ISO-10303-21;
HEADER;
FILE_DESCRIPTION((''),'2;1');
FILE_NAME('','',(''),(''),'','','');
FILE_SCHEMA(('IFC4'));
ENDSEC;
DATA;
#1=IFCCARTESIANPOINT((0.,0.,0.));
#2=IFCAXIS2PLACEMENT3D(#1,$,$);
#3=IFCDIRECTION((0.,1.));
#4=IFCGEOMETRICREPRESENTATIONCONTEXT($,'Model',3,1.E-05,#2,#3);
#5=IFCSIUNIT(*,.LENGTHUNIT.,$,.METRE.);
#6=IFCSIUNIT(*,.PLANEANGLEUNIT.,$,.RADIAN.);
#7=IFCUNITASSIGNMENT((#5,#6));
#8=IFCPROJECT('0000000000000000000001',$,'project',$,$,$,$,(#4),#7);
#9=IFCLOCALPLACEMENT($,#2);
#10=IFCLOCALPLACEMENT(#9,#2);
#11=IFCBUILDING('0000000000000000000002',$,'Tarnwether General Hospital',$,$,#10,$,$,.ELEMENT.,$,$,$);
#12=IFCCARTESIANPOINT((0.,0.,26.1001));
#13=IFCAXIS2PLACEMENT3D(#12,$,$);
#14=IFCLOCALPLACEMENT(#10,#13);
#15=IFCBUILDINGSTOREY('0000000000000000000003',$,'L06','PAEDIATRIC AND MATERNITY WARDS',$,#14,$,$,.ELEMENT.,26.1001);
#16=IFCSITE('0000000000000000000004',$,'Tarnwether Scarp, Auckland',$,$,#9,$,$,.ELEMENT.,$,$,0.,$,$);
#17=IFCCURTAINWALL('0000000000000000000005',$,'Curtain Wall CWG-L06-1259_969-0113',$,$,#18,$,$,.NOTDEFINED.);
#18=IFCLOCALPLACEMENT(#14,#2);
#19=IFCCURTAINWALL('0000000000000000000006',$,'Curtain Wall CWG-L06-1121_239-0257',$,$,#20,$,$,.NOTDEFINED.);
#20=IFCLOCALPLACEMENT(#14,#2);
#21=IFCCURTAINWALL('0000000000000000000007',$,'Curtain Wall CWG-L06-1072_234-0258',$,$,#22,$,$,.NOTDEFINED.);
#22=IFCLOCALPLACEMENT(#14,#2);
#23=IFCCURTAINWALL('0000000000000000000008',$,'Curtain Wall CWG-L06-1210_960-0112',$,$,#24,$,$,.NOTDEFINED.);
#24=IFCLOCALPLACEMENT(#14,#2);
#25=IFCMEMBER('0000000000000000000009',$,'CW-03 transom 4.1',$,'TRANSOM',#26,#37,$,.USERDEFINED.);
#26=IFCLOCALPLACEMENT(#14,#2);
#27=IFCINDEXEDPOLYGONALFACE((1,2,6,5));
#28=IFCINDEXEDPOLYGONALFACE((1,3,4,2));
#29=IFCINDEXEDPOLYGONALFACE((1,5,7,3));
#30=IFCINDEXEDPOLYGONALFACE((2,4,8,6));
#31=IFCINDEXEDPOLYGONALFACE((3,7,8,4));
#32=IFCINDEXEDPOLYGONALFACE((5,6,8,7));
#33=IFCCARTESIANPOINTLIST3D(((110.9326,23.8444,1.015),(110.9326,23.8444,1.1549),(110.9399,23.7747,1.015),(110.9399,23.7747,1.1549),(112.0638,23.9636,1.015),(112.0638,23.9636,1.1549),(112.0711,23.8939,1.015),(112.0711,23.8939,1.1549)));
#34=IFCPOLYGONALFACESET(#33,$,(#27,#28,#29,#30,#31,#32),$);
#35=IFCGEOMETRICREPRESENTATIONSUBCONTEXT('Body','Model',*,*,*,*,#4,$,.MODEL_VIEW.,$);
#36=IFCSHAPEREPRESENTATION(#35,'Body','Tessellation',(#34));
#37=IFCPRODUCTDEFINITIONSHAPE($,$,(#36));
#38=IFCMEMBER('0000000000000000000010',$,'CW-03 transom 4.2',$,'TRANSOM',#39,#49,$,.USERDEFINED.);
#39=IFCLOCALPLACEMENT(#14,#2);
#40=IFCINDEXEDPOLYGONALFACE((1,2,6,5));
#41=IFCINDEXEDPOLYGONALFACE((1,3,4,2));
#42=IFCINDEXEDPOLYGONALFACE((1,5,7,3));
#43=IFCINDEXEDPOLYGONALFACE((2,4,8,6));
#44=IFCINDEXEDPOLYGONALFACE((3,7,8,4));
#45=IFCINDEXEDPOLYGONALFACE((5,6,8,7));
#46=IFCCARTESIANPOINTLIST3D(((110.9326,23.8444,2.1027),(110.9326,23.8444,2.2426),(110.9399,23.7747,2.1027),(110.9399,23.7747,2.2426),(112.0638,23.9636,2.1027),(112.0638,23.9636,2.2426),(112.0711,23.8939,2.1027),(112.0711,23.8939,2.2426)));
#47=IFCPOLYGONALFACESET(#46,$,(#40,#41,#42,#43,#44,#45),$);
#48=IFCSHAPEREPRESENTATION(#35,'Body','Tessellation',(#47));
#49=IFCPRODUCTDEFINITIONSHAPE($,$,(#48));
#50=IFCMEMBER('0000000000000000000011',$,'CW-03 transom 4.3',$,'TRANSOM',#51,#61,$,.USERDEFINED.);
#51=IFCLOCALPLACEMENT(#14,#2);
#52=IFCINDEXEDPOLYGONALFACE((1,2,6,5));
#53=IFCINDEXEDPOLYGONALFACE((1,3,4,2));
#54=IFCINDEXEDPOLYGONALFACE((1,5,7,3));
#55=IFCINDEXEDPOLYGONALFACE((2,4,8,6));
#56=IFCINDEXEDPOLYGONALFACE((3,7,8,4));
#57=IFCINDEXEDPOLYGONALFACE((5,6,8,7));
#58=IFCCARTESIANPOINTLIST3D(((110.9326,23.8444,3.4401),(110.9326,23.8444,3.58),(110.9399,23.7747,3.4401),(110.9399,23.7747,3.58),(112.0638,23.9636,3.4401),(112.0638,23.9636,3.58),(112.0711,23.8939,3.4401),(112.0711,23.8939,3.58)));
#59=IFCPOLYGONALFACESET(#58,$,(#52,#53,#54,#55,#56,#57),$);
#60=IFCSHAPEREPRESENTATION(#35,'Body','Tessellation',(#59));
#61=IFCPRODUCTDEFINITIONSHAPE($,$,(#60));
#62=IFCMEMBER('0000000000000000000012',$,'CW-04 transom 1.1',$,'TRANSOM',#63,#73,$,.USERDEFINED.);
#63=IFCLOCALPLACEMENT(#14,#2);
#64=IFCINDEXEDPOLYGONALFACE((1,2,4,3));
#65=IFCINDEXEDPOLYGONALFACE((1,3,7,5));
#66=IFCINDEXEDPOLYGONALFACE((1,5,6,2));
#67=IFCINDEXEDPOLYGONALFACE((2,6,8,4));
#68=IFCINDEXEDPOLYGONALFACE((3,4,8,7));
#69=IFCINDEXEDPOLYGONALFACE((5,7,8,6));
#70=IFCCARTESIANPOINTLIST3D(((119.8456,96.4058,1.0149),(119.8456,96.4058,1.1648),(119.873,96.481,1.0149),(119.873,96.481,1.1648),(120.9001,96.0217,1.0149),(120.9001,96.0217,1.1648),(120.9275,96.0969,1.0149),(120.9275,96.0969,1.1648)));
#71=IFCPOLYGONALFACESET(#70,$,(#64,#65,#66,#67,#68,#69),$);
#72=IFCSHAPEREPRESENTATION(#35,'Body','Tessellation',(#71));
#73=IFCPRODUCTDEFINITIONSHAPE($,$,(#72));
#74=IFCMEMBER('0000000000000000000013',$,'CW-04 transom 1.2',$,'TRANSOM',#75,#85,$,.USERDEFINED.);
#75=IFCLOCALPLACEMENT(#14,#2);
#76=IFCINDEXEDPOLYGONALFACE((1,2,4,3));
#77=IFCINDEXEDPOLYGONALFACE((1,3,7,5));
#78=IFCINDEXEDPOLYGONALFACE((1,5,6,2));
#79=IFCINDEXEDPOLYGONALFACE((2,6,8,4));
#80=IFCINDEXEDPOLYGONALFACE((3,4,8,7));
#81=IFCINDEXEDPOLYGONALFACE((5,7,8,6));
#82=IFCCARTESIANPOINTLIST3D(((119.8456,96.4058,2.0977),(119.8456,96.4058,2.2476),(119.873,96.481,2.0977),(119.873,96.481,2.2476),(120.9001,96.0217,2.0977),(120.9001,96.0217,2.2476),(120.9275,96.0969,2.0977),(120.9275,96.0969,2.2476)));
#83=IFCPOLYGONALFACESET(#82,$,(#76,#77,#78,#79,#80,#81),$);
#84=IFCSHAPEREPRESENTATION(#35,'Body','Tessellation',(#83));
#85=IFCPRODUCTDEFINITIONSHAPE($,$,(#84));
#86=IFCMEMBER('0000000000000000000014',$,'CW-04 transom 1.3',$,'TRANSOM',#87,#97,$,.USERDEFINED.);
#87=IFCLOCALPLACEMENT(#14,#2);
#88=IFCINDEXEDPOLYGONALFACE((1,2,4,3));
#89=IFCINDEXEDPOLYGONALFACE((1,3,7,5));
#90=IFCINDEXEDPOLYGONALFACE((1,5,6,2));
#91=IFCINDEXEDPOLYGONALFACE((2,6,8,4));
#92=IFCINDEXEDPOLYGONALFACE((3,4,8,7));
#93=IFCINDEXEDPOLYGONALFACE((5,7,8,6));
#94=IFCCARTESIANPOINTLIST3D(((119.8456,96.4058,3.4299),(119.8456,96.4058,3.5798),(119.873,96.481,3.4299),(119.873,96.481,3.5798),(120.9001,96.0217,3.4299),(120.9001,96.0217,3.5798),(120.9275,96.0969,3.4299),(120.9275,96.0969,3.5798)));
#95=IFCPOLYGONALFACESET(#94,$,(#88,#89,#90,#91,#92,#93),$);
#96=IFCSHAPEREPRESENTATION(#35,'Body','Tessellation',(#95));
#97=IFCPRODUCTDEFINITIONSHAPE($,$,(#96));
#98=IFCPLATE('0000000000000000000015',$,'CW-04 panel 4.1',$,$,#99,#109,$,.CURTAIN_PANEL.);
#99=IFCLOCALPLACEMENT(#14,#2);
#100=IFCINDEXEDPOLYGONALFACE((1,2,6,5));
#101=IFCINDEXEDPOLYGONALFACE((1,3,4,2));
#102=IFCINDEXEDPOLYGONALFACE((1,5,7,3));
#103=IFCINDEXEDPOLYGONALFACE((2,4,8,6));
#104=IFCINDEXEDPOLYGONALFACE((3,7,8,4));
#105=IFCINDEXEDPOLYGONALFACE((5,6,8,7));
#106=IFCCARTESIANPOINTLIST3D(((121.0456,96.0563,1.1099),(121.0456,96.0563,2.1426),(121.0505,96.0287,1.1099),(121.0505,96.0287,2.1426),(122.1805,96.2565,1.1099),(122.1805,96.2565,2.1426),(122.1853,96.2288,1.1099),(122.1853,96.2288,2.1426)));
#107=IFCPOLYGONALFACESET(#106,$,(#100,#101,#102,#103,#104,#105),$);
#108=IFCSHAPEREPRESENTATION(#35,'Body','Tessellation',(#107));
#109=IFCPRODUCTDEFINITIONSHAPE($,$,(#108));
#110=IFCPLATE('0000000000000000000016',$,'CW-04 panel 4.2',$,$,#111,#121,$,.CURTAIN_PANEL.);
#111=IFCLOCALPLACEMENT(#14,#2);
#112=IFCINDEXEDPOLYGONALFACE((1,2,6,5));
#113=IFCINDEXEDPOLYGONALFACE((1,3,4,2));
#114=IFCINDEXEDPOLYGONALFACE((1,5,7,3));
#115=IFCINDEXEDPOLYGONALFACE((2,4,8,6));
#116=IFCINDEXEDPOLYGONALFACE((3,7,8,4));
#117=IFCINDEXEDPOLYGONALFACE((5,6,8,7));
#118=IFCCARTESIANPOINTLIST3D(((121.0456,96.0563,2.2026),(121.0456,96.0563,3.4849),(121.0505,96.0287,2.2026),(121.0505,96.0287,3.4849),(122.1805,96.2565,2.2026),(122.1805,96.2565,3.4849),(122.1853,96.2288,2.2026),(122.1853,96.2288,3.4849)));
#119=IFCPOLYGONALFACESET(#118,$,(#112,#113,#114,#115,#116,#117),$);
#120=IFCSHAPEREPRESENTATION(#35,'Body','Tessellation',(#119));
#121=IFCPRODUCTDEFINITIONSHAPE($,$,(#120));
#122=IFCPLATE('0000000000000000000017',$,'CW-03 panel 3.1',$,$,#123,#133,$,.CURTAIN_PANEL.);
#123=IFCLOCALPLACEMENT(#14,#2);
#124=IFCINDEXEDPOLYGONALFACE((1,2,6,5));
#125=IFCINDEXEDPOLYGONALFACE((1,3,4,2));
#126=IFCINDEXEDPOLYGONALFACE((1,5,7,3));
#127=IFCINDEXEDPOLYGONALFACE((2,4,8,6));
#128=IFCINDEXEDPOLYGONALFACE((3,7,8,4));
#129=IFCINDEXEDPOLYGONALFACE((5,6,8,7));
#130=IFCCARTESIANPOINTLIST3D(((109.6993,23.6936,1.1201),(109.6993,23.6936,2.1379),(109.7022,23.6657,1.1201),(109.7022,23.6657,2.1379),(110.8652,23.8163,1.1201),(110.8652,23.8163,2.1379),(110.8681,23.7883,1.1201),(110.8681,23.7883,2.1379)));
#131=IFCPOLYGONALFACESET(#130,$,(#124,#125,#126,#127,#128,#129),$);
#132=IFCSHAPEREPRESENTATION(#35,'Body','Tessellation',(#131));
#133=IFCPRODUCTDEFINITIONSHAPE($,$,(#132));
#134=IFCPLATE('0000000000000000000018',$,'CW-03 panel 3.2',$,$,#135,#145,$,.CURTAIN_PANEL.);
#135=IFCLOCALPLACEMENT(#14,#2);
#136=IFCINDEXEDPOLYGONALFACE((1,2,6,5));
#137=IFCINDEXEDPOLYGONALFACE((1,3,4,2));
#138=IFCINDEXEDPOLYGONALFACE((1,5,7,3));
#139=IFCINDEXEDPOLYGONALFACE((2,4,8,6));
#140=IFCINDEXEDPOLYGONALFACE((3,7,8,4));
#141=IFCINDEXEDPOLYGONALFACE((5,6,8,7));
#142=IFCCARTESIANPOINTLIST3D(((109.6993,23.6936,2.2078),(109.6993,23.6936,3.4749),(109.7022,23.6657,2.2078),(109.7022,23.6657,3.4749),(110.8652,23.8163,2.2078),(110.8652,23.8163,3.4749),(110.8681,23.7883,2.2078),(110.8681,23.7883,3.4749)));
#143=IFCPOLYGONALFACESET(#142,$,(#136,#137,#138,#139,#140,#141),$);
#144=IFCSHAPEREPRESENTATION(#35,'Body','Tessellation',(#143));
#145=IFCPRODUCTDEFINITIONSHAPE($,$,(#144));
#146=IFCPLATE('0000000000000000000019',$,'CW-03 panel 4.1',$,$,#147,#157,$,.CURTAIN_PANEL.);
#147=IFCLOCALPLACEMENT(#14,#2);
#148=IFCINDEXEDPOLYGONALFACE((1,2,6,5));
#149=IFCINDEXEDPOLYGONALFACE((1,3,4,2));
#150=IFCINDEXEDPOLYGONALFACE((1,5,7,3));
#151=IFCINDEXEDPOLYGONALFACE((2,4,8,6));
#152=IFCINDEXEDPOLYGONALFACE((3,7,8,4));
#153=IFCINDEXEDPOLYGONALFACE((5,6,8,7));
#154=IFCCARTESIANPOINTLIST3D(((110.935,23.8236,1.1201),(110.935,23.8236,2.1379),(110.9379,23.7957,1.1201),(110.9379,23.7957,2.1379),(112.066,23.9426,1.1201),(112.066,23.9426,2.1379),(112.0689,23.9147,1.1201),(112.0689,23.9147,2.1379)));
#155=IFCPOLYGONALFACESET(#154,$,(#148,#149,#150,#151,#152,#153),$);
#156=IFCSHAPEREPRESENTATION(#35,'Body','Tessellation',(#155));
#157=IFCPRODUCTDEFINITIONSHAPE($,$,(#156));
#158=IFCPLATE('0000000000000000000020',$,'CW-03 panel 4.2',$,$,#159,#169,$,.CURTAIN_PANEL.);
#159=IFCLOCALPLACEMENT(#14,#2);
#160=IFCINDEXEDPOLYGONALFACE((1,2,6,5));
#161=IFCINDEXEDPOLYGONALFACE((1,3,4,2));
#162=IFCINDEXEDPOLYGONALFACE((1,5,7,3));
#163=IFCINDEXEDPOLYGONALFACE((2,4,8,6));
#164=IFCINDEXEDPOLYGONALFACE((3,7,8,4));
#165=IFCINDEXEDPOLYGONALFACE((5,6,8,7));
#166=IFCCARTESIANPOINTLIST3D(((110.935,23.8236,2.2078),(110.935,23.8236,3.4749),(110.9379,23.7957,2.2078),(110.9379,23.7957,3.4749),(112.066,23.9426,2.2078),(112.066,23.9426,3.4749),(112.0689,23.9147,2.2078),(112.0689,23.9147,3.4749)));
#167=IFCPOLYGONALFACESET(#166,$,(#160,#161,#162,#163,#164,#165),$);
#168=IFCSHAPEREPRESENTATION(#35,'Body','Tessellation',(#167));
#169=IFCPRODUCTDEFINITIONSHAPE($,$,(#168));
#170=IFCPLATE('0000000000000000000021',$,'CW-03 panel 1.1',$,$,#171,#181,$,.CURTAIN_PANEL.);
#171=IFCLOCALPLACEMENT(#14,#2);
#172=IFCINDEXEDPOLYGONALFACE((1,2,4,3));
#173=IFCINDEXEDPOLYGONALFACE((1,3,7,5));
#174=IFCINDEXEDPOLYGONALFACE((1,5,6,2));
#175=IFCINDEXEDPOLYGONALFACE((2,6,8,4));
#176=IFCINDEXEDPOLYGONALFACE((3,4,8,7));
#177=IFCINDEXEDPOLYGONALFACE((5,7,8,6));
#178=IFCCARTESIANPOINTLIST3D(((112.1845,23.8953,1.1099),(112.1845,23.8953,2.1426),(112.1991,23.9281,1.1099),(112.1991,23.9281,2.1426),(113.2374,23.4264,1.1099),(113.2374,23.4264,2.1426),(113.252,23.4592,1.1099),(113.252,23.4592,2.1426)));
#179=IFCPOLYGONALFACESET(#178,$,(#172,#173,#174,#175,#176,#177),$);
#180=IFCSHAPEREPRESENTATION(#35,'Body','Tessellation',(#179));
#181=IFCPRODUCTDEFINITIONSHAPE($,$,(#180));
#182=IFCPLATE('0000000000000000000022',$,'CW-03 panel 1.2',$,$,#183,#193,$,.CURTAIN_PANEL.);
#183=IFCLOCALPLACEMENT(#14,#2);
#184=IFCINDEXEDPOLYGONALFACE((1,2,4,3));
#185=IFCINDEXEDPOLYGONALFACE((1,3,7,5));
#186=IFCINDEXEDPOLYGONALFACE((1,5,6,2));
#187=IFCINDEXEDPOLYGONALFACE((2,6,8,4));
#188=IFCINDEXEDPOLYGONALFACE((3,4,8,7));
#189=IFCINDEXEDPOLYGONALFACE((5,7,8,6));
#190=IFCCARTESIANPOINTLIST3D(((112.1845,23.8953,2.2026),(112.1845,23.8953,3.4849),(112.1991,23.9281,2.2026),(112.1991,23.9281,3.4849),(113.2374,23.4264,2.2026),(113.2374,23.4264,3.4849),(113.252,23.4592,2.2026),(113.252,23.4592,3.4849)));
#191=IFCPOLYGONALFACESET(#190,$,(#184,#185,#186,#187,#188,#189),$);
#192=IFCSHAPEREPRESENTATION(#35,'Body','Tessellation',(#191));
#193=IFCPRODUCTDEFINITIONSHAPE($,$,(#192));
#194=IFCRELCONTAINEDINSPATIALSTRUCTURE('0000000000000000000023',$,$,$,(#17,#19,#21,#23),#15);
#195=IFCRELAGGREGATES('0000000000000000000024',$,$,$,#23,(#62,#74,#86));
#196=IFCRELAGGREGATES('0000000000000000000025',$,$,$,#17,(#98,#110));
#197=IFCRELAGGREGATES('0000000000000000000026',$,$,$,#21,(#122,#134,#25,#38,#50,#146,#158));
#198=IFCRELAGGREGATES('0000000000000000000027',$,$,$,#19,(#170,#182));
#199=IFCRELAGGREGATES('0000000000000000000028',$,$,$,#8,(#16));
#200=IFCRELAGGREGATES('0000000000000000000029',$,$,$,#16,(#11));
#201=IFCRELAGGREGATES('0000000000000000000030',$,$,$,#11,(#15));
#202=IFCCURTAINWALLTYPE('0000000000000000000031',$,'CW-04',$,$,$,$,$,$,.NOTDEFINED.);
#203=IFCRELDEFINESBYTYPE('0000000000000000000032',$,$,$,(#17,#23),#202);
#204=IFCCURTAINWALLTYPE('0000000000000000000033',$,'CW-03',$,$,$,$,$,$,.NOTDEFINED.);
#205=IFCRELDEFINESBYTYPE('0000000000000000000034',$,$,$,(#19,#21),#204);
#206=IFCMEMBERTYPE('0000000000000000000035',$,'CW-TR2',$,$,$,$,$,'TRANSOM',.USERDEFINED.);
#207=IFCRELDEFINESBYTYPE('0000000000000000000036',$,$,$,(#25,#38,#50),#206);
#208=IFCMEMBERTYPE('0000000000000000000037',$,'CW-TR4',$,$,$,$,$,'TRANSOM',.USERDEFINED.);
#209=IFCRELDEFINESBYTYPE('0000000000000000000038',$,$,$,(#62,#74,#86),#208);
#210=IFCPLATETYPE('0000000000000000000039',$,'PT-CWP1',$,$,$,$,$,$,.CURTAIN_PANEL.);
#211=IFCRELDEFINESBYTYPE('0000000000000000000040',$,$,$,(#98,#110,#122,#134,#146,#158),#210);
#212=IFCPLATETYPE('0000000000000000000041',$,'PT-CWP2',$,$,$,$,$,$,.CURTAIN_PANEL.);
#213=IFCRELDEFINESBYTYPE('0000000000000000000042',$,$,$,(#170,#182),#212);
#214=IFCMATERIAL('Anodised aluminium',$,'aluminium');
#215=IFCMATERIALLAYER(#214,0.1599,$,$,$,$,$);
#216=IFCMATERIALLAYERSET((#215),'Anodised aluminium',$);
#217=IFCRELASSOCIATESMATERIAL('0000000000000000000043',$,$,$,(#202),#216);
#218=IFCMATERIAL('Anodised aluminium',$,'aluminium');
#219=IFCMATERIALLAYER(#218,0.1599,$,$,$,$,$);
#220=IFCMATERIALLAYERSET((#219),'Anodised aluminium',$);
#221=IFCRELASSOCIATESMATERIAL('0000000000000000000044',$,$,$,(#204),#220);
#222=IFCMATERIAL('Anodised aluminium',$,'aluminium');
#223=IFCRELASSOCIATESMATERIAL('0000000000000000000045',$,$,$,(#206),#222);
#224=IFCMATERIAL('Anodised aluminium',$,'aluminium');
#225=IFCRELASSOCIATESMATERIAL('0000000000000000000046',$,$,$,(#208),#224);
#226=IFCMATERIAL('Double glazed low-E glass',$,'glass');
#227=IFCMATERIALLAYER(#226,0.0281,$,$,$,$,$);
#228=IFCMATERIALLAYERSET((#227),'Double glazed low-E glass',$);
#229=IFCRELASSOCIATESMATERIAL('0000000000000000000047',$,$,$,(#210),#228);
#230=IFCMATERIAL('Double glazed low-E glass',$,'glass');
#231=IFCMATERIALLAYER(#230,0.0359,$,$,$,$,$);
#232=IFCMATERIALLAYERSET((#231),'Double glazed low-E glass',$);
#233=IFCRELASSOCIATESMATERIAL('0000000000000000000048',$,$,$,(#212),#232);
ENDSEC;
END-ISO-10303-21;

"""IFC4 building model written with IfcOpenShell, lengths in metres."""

from ifc_helpers import new_model, si_unit, direction, frame, origin, origin_2d, place, context, subcontext, project, spatial, rectangle, extrude, material, layer, layer_set, material_profile, profile_set, type_object, element, aggregate, save


model = new_model("IFC4")

# Units and contexts
model_context = context("Model", 3, precision=1e-05, world=origin(), true_north=direction((0.0, 1.0)))
body_context = subcontext(model_context, "Body", "Model", "MODEL_VIEW")
ifc_project = project(units=[si_unit("LENGTHUNIT", "METRE"), si_unit("PLANEANGLEUNIT", "RADIAN")], contexts=[model_context])

# Site, building, storey
site_placement = place(None, origin())
site = spatial("IfcSite", under=ifc_project, at=site_placement, Name="Tarnwether Scarp, Auckland", CompositionType="ELEMENT", RefElevation=0.0)
building_placement = place(site_placement, origin())
building = spatial("IfcBuilding", under=site, at=building_placement, Name="Tarnwether General Hospital", CompositionType="ELEMENT")
storey_placement = place(building_placement, frame((0.0, 0.0, 26.1001)))
storey = spatial("IfcBuildingStorey", under=building, at=storey_placement, Name="L06", Description="PAEDIATRIC AND MATERNITY WARDS", CompositionType="ELEMENT", Elevation=26.1001)

# Curtain walls
ifc_material_1 = material(Name="Anodised aluminium", Category="aluminium")
ifc_layer_1 = layer(ifc_material_1, 0.1599)
ifc_layer_set_1 = layer_set([ifc_layer_1], Name="Anodised aluminium")
curtain_wall_type_1 = type_object("IfcCurtainWallType", Name="CW-04", PredefinedType="NOTDEFINED", material=ifc_layer_set_1)
curtain_wall_1_placement = place(storey_placement, origin())
curtain_wall_1 = element("IfcCurtainWall", 1, at=curtain_wall_1_placement, inside=storey, type_object=curtain_wall_type_1, Name="Curtain Wall CWG-L06-1259_969-0113", PredefinedType="NOTDEFINED")
ifc_material_2 = material(Name="Anodised aluminium", Category="aluminium")
ifc_layer_2 = layer(ifc_material_2, 0.1599)
ifc_layer_set_2 = layer_set([ifc_layer_2], Name="Anodised aluminium")
curtain_wall_type_2 = type_object("IfcCurtainWallType", Name="CW-03", PredefinedType="NOTDEFINED", material=ifc_layer_set_2)
curtain_wall_2_placement = place(storey_placement, origin())
curtain_wall_2 = element("IfcCurtainWall", 2, at=curtain_wall_2_placement, inside=storey, type_object=curtain_wall_type_2, Name="Curtain Wall CWG-L06-1121_239-0257", PredefinedType="NOTDEFINED")

# Curtain wall
curtain_wall_3_placement = place(storey_placement, origin())
curtain_wall_3 = element("IfcCurtainWall", 3, at=curtain_wall_3_placement, inside=storey, type_object=curtain_wall_type_2, Name="Curtain Wall CWG-L06-1072_234-0258", PredefinedType="NOTDEFINED")

# Curtain wall
curtain_wall_4_placement = place(storey_placement, origin())
curtain_wall_4 = element("IfcCurtainWall", 4, at=curtain_wall_4_placement, inside=storey, type_object=curtain_wall_type_1, Name="Curtain Wall CWG-L06-1210_960-0112", PredefinedType="NOTDEFINED")

# Members
ifc_material_3 = material(Name="Anodised aluminium", Category="aluminium")
ifc_material_profile_1 = material_profile(ifc_material_3, rectangle(XDim=0.0701, YDim=0.1399, at=origin_2d()), Name="ALU-TRN-70x140")
ifc_profile_set_1 = profile_set([ifc_material_profile_1], Name="Anodised aluminium")
member_type_1 = type_object("IfcMemberType", Name="CW-TR2", ElementType="TRANSOM", PredefinedType="USERDEFINED", material=ifc_profile_set_1)
member_1_placement = place(storey_placement, frame((110.9363, 23.8096, 1.085), z_axis=(0.994498, 0.104752, 0.0), x_axis=(-0.104752, 0.994498, 0.0)))
member_1 = element("IfcMember", 5, at=member_1_placement, type_object=member_type_1, Name="CW-03 transom 4.1", ObjectType="TRANSOM", PredefinedType="USERDEFINED", context=body_context, shape_type="SweptSolid", body=[
    extrude(rectangle(XDim=0.0701, YDim=0.1399, at=origin_2d()), origin(), (0.0, 0.0, 1.0), 1.1375),
])
member_2_placement = place(storey_placement, frame((110.9363, 23.8096, 2.1726), z_axis=(0.994498, 0.104752, 0.0), x_axis=(-0.104752, 0.994498, 0.0)))
member_2 = element("IfcMember", 6, at=member_2_placement, type_object=member_type_1, Name="CW-03 transom 4.2", ObjectType="TRANSOM", PredefinedType="USERDEFINED", context=body_context, shape_type="SweptSolid", body=[
    extrude(rectangle(XDim=0.0701, YDim=0.1399, at=origin_2d()), origin(), (0.0, 0.0, 1.0), 1.1375),
])
member_3_placement = place(storey_placement, frame((110.9363, 23.8096, 3.51), z_axis=(0.994498, 0.104752, 0.0), x_axis=(-0.104752, 0.994498, 0.0)))
member_3 = element("IfcMember", 7, at=member_3_placement, type_object=member_type_1, Name="CW-03 transom 4.3", ObjectType="TRANSOM", PredefinedType="USERDEFINED", context=body_context, shape_type="SweptSolid", body=[
    extrude(rectangle(XDim=0.0701, YDim=0.1399, at=origin_2d()), origin(), (0.0, 0.0, 1.0), 1.1375),
])
ifc_material_4 = material(Name="Anodised aluminium", Category="aluminium")
ifc_material_profile_2 = material_profile(ifc_material_4, rectangle(XDim=0.0801, YDim=0.1499, at=origin_2d()), Name="ALU-TRN-80x150")
ifc_profile_set_2 = profile_set([ifc_material_profile_2], Name="Anodised aluminium")
member_type_2 = type_object("IfcMemberType", Name="CW-TR4", ElementType="TRANSOM", PredefinedType="USERDEFINED", material=ifc_profile_set_2)
member_4_placement = place(storey_placement, frame((120.9138, 96.0593, 1.0898), z_axis=(-0.939622, 0.342215, 0.0), x_axis=(-0.342215, -0.939622, 0.0)))
member_4 = element("IfcMember", 8, at=member_4_placement, type_object=member_type_2, Name="CW-04 transom 1.1", ObjectType="TRANSOM", PredefinedType="USERDEFINED", context=body_context, shape_type="SweptSolid", body=[
    extrude(rectangle(XDim=0.0801, YDim=0.1499, at=origin_2d()), origin(), (0.0, 0.0, 1.0), 1.1223),
])
member_5_placement = place(storey_placement, frame((120.9138, 96.0593, 2.1726), z_axis=(-0.939622, 0.342215, 0.0), x_axis=(-0.342215, -0.939622, 0.0)))
member_5 = element("IfcMember", 9, at=member_5_placement, type_object=member_type_2, Name="CW-04 transom 1.2", ObjectType="TRANSOM", PredefinedType="USERDEFINED", context=body_context, shape_type="SweptSolid", body=[
    extrude(rectangle(XDim=0.0801, YDim=0.1499, at=origin_2d()), origin(), (0.0, 0.0, 1.0), 1.1223),
])
member_6_placement = place(storey_placement, frame((120.9138, 96.0593, 3.5049), z_axis=(-0.939622, 0.342215, 0.0), x_axis=(-0.342215, -0.939622, 0.0)))
member_6 = element("IfcMember", 10, at=member_6_placement, type_object=member_type_2, Name="CW-04 transom 1.3", ObjectType="TRANSOM", PredefinedType="USERDEFINED", context=body_context, shape_type="SweptSolid", body=[
    extrude(rectangle(XDim=0.0801, YDim=0.1499, at=origin_2d()), origin(), (0.0, 0.0, 1.0), 1.1223),
])
aggregate(curtain_wall_4, [member_4, member_5, member_6])

# Plates
ifc_material_5 = material(Name="Double glazed low-E glass", Category="glass")
ifc_layer_3 = layer(ifc_material_5, 0.0281)
ifc_layer_set_3 = layer_set([ifc_layer_3], Name="Double glazed low-E glass")
plate_type_1 = type_object("IfcPlateType", Name="PT-CWP1", PredefinedType="CURTAIN_PANEL", material=ifc_layer_set_3)
plate_1_placement = place(storey_placement, frame((121.6155, 96.1426, 1.1099), z_axis=(0.0, 0.0, 1.0), x_axis=(-0.984806, -0.173659, 0.0)))
plate_1 = element("IfcPlate", 11, at=plate_1_placement, type_object=plate_type_1, Name="CW-04 panel 4.1", PredefinedType="CURTAIN_PANEL", context=body_context, shape_type="SweptSolid", body=[
    extrude(rectangle(XDim=1.1523, YDim=0.0281, at=origin_2d()), origin(), (0.0, 0.0, 1.0), 1.0327),
])
plate_2_placement = place(storey_placement, frame((121.6155, 96.1426, 2.2026), z_axis=(0.0, 0.0, 1.0), x_axis=(-0.984806, -0.173659, 0.0)))
plate_2 = element("IfcPlate", 12, at=plate_2_placement, type_object=plate_type_1, Name="CW-04 panel 4.2", PredefinedType="CURTAIN_PANEL", context=body_context, shape_type="SweptSolid", body=[
    extrude(rectangle(XDim=1.1523, YDim=0.0281, at=origin_2d()), origin(), (0.0, 0.0, 1.0), 1.2822),
])
aggregate(curtain_wall_1, [plate_1, plate_2])
plate_3_placement = place(storey_placement, frame((110.2837, 23.741, 1.1201), z_axis=(0.0, 0.0, 1.0), x_axis=(0.99451, 0.104643, 0.0)))
plate_3 = element("IfcPlate", 13, at=plate_3_placement, type_object=plate_type_1, Name="CW-03 panel 3.1", PredefinedType="CURTAIN_PANEL", context=body_context, shape_type="SweptSolid", body=[
    extrude(rectangle(XDim=1.1724, YDim=0.0281, at=origin_2d()), origin(), (0.0, 0.0, 1.0), 1.0178),
])
plate_4_placement = place(storey_placement, frame((110.2837, 23.741, 2.2078), z_axis=(0.0, 0.0, 1.0), x_axis=(0.99451, 0.104643, 0.0)))
plate_4 = element("IfcPlate", 14, at=plate_4_placement, type_object=plate_type_1, Name="CW-03 panel 3.2", PredefinedType="CURTAIN_PANEL", context=body_context, shape_type="SweptSolid", body=[
    extrude(rectangle(XDim=1.1724, YDim=0.0281, at=origin_2d()), origin(), (0.0, 0.0, 1.0), 1.2671),
])
plate_5_placement = place(storey_placement, frame((111.502, 23.8691, 1.1201), z_axis=(0.0, 0.0, 1.0), x_axis=(0.99451, 0.104643, 0.0)))
plate_5 = element("IfcPlate", 15, at=plate_5_placement, type_object=plate_type_1, Name="CW-03 panel 4.1", PredefinedType="CURTAIN_PANEL", context=body_context, shape_type="SweptSolid", body=[
    extrude(rectangle(XDim=1.1372, YDim=0.0281, at=origin_2d()), origin(), (0.0, 0.0, 1.0), 1.0178),
])
plate_6_placement = place(storey_placement, frame((111.502, 23.8691, 2.2078), z_axis=(0.0, 0.0, 1.0), x_axis=(0.99451, 0.104643, 0.0)))
plate_6 = element("IfcPlate", 16, at=plate_6_placement, type_object=plate_type_1, Name="CW-03 panel 4.2", PredefinedType="CURTAIN_PANEL", context=body_context, shape_type="SweptSolid", body=[
    extrude(rectangle(XDim=1.1372, YDim=0.0281, at=origin_2d()), origin(), (0.0, 0.0, 1.0), 1.2671),
])
aggregate(curtain_wall_3, [plate_3, plate_4, member_1, member_2, member_3, plate_5, plate_6])
ifc_material_6 = material(Name="Double glazed low-E glass", Category="glass")
ifc_layer_4 = layer(ifc_material_6, 0.0359)
ifc_layer_set_4 = layer_set([ifc_layer_4], Name="Double glazed low-E glass")
plate_type_2 = type_object("IfcPlateType", Name="PT-CWP2", PredefinedType="CURTAIN_PANEL", material=ifc_layer_set_4)
plate_7_placement = place(storey_placement, frame((112.7183, 23.6772, 1.1099), z_axis=(0.0, 0.0, 1.0), x_axis=(0.913496, -0.406848, 0.0)))
plate_7 = element("IfcPlate", 17, at=plate_7_placement, type_object=plate_type_2, Name="CW-03 panel 1.1", PredefinedType="CURTAIN_PANEL", context=body_context, shape_type="SweptSolid", body=[
    extrude(rectangle(XDim=1.1526, YDim=0.0359, at=origin_2d()), origin(), (0.0, 0.0, 1.0), 1.0327),
])
plate_8_placement = place(storey_placement, frame((112.7183, 23.6772, 2.2026), z_axis=(0.0, 0.0, 1.0), x_axis=(0.913496, -0.406848, 0.0)))
plate_8 = element("IfcPlate", 18, at=plate_8_placement, type_object=plate_type_2, Name="CW-03 panel 1.2", PredefinedType="CURTAIN_PANEL", context=body_context, shape_type="SweptSolid", body=[
    extrude(rectangle(XDim=1.1526, YDim=0.0359, at=origin_2d()), origin(), (0.0, 0.0, 1.0), 1.2822),
])
aggregate(curtain_wall_2, [plate_7, plate_8])

save(model, "model.ifc")
